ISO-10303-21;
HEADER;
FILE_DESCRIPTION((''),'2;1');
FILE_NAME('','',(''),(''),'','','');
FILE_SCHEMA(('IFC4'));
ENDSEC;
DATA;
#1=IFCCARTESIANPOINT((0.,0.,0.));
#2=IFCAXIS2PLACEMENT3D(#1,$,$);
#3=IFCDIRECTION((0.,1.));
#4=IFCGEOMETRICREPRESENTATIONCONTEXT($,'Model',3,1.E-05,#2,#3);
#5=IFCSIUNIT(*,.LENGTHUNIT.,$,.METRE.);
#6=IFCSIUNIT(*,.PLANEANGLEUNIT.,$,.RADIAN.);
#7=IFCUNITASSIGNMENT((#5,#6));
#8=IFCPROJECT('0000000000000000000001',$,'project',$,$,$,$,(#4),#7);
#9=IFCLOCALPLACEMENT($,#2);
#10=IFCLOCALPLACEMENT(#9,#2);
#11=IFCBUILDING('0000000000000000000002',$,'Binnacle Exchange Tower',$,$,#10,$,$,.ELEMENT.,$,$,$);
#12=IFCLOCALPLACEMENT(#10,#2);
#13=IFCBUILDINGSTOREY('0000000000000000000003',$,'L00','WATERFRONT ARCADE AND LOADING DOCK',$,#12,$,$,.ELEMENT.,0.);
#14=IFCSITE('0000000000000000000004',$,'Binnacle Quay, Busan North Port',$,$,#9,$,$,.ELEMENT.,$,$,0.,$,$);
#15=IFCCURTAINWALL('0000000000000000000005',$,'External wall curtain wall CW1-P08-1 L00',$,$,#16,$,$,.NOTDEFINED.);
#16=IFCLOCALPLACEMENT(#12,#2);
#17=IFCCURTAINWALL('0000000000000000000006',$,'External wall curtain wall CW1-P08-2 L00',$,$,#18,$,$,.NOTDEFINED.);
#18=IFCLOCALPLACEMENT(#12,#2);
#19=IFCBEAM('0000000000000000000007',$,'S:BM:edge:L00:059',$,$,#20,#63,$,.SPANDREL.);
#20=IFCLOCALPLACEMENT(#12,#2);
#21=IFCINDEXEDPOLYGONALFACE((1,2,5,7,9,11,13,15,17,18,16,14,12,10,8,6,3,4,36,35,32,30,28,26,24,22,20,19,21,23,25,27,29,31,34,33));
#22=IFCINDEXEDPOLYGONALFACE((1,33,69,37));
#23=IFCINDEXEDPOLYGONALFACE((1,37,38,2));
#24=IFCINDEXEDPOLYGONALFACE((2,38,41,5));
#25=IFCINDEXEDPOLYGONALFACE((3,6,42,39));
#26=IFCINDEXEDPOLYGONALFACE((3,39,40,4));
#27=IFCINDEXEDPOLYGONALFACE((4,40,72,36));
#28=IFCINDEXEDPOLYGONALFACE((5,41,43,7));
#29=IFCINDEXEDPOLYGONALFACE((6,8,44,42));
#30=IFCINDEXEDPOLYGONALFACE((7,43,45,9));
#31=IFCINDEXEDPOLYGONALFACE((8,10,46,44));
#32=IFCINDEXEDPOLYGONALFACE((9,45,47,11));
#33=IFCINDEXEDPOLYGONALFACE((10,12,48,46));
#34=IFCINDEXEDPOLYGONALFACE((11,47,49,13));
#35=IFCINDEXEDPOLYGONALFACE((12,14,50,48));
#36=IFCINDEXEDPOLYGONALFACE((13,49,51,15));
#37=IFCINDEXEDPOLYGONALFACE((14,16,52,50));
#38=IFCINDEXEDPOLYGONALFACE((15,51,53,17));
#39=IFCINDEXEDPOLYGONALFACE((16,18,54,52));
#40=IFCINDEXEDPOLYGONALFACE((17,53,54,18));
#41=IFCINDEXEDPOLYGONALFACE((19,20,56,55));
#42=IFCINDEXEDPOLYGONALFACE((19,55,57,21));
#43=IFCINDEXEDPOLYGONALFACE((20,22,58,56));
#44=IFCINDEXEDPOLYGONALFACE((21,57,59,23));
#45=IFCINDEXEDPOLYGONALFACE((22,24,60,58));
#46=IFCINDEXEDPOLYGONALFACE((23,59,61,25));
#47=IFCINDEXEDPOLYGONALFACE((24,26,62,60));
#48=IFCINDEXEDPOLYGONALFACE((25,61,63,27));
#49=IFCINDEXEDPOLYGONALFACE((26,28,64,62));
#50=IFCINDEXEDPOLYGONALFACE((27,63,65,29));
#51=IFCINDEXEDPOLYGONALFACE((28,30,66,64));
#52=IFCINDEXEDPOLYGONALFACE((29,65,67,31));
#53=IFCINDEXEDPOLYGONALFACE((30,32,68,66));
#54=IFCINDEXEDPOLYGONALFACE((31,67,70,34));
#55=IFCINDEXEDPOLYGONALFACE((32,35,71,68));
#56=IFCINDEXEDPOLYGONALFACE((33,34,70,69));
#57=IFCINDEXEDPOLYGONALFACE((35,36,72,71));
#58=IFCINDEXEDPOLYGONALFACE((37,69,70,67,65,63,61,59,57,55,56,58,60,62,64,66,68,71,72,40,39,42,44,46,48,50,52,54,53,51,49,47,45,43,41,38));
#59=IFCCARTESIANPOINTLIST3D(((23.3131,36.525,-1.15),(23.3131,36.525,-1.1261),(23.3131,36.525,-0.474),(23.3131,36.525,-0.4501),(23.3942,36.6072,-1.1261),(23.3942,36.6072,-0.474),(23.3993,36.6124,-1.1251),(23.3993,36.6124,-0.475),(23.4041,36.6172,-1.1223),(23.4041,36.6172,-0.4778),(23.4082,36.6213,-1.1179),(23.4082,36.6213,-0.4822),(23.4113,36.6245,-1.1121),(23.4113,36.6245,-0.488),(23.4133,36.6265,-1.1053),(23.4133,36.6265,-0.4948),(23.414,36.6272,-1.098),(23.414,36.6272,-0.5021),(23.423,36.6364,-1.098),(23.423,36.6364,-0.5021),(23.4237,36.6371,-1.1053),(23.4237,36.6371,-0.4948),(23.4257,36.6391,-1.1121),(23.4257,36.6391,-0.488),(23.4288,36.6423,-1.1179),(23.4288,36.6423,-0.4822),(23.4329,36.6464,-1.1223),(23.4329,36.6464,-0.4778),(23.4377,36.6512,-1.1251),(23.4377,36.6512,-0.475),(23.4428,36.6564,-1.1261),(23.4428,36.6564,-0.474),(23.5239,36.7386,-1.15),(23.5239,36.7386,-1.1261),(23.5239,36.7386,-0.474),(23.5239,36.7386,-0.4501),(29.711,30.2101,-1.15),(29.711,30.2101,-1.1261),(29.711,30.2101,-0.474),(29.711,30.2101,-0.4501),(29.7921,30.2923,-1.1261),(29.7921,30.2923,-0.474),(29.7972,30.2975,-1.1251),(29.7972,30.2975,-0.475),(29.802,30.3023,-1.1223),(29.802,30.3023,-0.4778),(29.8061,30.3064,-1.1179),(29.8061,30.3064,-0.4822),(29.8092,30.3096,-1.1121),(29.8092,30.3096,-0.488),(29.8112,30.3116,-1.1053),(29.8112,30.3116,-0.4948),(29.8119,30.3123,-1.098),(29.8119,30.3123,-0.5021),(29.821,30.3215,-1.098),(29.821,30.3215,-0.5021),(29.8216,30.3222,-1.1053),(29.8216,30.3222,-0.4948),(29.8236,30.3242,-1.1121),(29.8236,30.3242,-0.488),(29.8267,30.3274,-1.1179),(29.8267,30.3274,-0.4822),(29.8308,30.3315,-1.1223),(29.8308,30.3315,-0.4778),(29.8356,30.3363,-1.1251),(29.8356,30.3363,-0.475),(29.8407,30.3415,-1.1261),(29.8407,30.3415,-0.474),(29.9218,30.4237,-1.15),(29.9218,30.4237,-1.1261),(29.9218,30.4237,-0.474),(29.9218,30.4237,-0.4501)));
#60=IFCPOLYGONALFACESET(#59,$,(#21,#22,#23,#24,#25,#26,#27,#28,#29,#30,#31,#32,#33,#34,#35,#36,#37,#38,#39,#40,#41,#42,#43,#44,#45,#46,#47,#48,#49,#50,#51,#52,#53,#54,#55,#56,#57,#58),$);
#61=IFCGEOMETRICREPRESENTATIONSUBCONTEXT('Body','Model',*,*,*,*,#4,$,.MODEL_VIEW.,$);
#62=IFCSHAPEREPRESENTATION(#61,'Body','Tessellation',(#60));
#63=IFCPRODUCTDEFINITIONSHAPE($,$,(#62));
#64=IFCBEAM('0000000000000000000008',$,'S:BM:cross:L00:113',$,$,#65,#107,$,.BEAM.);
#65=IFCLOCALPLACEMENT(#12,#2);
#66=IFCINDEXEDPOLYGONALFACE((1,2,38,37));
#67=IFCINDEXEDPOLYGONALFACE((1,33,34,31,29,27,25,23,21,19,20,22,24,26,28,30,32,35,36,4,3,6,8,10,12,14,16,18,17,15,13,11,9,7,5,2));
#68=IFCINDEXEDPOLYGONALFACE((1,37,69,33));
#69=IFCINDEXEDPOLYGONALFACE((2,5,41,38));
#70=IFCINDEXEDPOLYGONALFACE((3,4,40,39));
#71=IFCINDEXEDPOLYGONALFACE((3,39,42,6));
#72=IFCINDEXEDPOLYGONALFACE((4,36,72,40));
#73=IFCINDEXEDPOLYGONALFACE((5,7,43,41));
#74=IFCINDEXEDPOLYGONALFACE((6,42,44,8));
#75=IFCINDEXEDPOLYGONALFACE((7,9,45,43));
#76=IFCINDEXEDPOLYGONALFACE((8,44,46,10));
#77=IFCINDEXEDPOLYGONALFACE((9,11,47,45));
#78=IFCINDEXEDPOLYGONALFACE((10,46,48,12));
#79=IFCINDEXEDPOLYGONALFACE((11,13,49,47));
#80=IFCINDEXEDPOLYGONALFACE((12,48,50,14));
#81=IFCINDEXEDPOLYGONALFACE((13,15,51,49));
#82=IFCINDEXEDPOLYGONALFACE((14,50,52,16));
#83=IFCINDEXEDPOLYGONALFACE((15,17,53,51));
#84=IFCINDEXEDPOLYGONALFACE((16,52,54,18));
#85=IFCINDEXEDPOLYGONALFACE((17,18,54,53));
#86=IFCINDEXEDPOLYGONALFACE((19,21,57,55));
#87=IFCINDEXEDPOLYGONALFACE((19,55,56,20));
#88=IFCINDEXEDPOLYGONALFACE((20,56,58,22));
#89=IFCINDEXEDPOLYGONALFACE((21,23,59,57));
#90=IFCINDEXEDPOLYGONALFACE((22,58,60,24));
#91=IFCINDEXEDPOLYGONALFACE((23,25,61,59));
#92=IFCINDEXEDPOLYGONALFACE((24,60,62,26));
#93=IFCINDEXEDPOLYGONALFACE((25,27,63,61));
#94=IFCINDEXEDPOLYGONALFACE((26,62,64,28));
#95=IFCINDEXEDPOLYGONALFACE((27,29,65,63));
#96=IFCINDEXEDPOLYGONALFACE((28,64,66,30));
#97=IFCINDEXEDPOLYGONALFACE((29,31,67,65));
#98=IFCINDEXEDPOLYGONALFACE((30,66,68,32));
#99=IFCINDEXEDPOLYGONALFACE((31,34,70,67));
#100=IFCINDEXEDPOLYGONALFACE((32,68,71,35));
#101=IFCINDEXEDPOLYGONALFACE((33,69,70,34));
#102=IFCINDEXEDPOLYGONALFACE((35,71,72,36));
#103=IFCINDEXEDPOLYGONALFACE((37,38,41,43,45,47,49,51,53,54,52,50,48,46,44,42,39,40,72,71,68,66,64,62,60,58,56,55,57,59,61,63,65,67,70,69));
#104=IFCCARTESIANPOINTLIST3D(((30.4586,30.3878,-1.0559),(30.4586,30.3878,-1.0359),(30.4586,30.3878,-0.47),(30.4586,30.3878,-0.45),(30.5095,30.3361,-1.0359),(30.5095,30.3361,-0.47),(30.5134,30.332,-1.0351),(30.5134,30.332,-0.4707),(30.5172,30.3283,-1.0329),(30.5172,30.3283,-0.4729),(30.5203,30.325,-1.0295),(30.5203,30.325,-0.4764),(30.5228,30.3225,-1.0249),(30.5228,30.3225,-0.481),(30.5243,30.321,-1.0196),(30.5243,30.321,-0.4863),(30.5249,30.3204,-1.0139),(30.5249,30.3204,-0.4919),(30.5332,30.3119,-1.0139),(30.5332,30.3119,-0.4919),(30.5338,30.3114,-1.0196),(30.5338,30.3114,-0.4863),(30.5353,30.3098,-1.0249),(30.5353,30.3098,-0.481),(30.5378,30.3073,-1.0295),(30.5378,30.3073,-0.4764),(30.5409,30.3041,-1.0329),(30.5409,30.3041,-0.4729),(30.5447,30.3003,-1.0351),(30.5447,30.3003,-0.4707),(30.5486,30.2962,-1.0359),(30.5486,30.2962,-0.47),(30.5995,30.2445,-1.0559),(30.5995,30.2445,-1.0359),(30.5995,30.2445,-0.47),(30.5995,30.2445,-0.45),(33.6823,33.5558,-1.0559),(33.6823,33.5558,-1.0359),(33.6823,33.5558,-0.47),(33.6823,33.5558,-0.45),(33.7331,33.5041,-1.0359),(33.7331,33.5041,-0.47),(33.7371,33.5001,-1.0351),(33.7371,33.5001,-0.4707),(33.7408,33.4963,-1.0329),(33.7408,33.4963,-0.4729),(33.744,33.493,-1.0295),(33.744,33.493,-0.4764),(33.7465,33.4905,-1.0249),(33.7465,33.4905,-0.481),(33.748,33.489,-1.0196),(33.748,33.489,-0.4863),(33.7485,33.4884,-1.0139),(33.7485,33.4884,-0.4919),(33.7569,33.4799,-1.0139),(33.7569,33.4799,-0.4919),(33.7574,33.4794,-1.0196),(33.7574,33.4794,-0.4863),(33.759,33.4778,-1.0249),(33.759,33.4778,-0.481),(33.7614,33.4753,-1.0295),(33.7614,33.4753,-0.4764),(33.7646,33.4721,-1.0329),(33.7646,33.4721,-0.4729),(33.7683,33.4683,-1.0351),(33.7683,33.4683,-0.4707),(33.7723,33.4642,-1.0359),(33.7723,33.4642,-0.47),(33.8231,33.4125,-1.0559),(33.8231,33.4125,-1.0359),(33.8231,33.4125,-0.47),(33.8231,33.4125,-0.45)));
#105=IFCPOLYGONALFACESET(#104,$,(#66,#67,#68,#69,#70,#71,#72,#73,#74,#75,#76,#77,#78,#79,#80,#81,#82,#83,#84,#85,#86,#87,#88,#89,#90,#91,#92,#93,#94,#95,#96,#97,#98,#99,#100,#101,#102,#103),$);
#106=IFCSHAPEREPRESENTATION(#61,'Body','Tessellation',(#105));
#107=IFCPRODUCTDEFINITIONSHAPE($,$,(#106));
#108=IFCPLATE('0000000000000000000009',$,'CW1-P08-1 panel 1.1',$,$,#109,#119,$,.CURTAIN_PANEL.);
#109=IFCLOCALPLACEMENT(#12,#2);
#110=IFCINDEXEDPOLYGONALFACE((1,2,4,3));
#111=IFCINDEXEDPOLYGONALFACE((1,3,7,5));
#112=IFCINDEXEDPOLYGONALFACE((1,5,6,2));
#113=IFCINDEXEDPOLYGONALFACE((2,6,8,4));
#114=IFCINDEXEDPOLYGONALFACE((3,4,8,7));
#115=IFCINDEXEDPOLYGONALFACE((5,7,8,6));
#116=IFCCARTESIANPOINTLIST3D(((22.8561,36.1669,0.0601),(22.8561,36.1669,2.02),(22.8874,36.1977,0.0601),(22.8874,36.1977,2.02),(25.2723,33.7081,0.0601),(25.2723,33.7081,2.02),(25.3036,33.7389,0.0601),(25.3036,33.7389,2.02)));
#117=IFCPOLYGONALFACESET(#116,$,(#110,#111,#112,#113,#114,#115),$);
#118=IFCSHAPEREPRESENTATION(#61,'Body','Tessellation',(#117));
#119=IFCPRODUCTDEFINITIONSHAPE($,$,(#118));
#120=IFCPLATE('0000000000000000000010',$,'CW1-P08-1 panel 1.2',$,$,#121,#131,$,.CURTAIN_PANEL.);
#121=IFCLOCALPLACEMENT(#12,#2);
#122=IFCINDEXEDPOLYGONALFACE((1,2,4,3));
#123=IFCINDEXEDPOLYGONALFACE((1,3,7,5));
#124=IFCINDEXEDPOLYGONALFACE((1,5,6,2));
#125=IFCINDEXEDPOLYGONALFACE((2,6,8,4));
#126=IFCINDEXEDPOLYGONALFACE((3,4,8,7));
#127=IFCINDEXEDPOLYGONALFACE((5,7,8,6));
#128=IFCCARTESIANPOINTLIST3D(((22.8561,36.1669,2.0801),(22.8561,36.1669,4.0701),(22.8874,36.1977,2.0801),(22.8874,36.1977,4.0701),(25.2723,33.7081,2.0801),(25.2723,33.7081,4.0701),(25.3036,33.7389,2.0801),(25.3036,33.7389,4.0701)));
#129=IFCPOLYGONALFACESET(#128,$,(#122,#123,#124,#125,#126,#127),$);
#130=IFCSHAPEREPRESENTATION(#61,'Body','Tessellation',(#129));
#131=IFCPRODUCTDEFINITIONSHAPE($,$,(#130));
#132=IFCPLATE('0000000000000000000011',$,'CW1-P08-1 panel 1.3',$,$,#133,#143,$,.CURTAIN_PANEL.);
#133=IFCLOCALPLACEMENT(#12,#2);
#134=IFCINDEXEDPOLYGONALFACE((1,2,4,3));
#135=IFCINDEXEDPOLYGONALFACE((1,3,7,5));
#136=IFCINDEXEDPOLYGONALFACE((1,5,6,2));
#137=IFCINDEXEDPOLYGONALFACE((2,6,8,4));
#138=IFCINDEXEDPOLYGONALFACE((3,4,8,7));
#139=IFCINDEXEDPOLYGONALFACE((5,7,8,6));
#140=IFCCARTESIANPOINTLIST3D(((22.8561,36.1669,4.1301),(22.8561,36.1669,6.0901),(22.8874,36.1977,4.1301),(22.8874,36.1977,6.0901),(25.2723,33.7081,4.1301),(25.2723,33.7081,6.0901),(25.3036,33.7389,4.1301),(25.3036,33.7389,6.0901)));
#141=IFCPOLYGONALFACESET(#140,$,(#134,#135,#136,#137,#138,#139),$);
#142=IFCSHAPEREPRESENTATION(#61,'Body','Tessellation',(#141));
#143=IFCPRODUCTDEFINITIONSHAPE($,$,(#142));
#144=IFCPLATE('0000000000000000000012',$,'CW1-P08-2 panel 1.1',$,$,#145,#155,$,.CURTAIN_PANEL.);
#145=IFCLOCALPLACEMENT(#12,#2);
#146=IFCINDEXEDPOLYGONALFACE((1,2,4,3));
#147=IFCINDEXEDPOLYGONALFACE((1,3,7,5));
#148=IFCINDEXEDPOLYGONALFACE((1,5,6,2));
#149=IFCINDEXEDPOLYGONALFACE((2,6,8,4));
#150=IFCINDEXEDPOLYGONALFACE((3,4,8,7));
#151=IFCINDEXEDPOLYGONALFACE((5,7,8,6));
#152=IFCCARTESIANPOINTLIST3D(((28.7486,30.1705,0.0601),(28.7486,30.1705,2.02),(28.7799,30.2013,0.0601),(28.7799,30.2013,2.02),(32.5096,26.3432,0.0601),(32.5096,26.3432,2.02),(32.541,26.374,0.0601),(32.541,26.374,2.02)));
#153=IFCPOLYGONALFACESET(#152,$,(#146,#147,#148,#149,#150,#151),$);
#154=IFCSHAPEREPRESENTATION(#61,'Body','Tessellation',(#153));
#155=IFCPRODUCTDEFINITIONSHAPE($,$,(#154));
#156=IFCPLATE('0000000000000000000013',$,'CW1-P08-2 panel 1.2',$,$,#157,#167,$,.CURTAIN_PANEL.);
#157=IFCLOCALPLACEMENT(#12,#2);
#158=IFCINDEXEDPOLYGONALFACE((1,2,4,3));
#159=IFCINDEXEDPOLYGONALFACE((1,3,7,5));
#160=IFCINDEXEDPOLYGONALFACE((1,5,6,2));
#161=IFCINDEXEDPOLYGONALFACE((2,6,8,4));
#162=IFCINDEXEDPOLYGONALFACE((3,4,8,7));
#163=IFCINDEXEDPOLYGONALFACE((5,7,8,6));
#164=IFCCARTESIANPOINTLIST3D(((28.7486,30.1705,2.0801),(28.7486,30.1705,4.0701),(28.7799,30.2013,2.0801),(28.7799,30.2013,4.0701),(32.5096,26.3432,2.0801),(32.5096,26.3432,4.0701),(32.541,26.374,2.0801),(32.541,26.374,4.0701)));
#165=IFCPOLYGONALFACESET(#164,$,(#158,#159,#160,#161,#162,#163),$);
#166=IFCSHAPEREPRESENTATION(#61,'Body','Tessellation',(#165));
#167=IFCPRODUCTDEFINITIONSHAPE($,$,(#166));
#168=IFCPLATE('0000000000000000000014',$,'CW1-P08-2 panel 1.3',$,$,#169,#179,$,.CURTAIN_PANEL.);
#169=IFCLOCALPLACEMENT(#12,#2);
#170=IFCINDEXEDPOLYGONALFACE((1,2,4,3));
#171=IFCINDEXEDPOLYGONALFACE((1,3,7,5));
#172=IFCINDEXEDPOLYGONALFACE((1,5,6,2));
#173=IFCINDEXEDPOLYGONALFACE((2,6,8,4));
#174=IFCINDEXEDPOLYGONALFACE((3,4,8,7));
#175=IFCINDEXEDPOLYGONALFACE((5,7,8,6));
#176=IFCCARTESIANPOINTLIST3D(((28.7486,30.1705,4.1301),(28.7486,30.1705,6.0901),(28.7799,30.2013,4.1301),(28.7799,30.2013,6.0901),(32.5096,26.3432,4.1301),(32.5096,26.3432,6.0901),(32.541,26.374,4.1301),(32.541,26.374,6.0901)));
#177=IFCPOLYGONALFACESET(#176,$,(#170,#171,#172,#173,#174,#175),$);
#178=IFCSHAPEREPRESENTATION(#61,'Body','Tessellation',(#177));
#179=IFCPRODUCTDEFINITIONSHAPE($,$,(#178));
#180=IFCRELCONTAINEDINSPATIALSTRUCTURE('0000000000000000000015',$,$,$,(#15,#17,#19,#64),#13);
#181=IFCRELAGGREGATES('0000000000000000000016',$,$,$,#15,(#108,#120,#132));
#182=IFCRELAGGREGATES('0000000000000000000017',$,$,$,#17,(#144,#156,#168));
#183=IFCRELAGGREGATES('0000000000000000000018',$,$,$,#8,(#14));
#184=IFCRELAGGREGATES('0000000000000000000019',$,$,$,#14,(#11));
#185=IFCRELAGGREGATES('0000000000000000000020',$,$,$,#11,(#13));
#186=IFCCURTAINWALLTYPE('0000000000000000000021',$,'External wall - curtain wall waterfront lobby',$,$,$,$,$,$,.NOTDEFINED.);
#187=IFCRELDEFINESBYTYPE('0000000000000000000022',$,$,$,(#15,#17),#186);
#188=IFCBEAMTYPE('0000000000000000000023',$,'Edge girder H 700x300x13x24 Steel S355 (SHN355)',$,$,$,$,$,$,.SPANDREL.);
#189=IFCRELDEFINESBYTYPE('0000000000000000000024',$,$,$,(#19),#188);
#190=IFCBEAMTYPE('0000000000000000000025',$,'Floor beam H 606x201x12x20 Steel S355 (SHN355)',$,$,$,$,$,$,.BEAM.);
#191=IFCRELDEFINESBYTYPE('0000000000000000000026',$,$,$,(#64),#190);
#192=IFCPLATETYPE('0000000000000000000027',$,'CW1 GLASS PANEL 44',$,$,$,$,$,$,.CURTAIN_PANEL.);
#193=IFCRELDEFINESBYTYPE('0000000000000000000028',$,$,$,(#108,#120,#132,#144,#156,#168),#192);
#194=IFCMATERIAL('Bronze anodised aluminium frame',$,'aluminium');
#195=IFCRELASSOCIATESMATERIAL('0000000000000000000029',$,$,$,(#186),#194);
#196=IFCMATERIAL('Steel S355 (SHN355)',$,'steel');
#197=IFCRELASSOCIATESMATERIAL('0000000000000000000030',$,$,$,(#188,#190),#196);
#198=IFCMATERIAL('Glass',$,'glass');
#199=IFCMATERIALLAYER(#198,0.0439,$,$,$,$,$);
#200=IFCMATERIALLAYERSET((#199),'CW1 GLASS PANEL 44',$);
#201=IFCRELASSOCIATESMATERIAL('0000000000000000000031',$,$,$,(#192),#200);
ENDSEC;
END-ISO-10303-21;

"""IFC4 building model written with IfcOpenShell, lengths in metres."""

from ifc_helpers import new_model, si_unit, direction, frame, origin, origin_2d, place, context, subcontext, project, spatial, rectangle, i_section, extrude, material, layer, layer_set, material_profile, profile_set, type_object, element, aggregate, save


model = new_model("IFC4")

# Units and contexts
model_context = context("Model", 3, precision=1e-05, world=origin(), true_north=direction((0.0, 1.0)))
body_context = subcontext(model_context, "Body", "Model", "MODEL_VIEW")
ifc_project = project(units=[si_unit("LENGTHUNIT", "METRE"), si_unit("PLANEANGLEUNIT", "RADIAN")], contexts=[model_context])

# Site, building, storey
site_placement = place(None, origin())
site = spatial("IfcSite", under=ifc_project, at=site_placement, Name="Binnacle Quay, Busan North Port", CompositionType="ELEMENT", RefElevation=0.0)
building_placement = place(site_placement, origin())
building = spatial("IfcBuilding", under=site, at=building_placement, Name="Binnacle Exchange Tower", CompositionType="ELEMENT")
storey_placement = place(building_placement, origin())
storey = spatial("IfcBuildingStorey", under=building, at=storey_placement, Name="L00", Description="WATERFRONT ARCADE AND LOADING DOCK", CompositionType="ELEMENT", Elevation=0.0)

# Curtain wall
ifc_material_1 = material(Name="Bronze anodised aluminium frame", Category="aluminium")
curtain_wall_type = type_object("IfcCurtainWallType", Name="External wall - curtain wall waterfront lobby", PredefinedType="NOTDEFINED", material=ifc_material_1)
curtain_wall_1_placement = place(storey_placement, origin())
curtain_wall_1 = element("IfcCurtainWall", 1, at=curtain_wall_1_placement, inside=storey, type_object=curtain_wall_type, Name="External wall curtain wall CW1-P08-1 L00", PredefinedType="NOTDEFINED")

# Curtain wall
curtain_wall_2_placement = place(storey_placement, origin())
curtain_wall_2 = element("IfcCurtainWall", 2, at=curtain_wall_2_placement, inside=storey, type_object=curtain_wall_type, Name="External wall curtain wall CW1-P08-2 L00", PredefinedType="NOTDEFINED")

# Beams
ifc_material_2 = material(Name="Steel S355 (SHN355)", Category="steel")
ifc_material_profile_1 = material_profile(ifc_material_2, i_section(OverallWidth=0.3, OverallDepth=0.7, WebThickness=0.0129, FlangeThickness=0.0239, FilletRadius=0.0281, at=origin_2d()), Name="H 700x300x13x24")
ifc_profile_set_1 = profile_set([ifc_material_profile_1], Name="Steel S355 (SHN355)")
beam_type_1 = type_object("IfcBeamType", Name="Edge girder H 700x300x13x24 Steel S355 (SHN355)", PredefinedType="SPANDREL", material=ifc_profile_set_1)
beam_1_placement = place(storey_placement, frame((29.8164, 30.3169, -0.8), z_axis=(-0.711709, 0.702475, 0.0), x_axis=(-0.702475, -0.711709, 0.0)))
element("IfcBeam", 3, at=beam_1_placement, inside=storey, type_object=beam_type_1, Name="S:BM:edge:L00:059", PredefinedType="SPANDREL", context=body_context, shape_type="SweptSolid", body=[
    extrude(i_section(OverallWidth=0.3, OverallDepth=0.7, WebThickness=0.0129, FlangeThickness=0.0239, FilletRadius=0.0281, at=origin_2d()), origin(), (0.0, 0.0, 1.0), 8.9895),
])
ifc_material_profile_2 = material_profile(ifc_material_2, i_section(OverallWidth=0.2009, OverallDepth=0.606, WebThickness=0.012, FlangeThickness=0.02, FilletRadius=0.022, at=origin_2d()), Name="H 606x201x12x20")
ifc_profile_set_2 = profile_set([ifc_material_profile_2], Name="Steel S355 (SHN355)")
beam_type_2 = type_object("IfcBeamType", Name="Floor beam H 606x201x12x20 Steel S355 (SHN355)", PredefinedType="BEAM", material=ifc_profile_set_2)
beam_2_placement = place(storey_placement, frame((30.5291, 30.3162, -0.7529), z_axis=(0.713238, 0.700922, 0.0), x_axis=(-0.700922, 0.713238, 0.0)))
element("IfcBeam", 4, at=beam_2_placement, inside=storey, type_object=beam_type_2, Name="S:BM:cross:L00:113", PredefinedType="BEAM", context=body_context, shape_type="SweptSolid", body=[
    extrude(i_section(OverallWidth=0.2009, OverallDepth=0.606, WebThickness=0.012, FlangeThickness=0.02, FilletRadius=0.022, at=origin_2d()), origin(), (0.0, 0.0, 1.0), 4.5198),
])

# Plates
ifc_material_3 = material(Name="Glass", Category="glass")
ifc_layer_1 = layer(ifc_material_3, 0.0439)
ifc_layer_set_1 = layer_set([ifc_layer_1], Name="CW1 GLASS PANEL 44")
plate_type = type_object("IfcPlateType", Name="CW1 GLASS PANEL 44", PredefinedType="CURTAIN_PANEL", material=ifc_layer_set_1)
plate_1_placement = place(storey_placement, frame((24.0798, 34.9529, 0.0601), z_axis=(0.0, 0.0, 1.0), x_axis=(0.700909, -0.71325, 0.0)))
plate_1 = element("IfcPlate", 5, at=plate_1_placement, type_object=plate_type, Name="CW1-P08-1 panel 1.1", PredefinedType="CURTAIN_PANEL", context=body_context, shape_type="SweptSolid", body=[
    extrude(rectangle(XDim=3.4473, YDim=0.0439, at=origin_2d()), origin(), (0.0, 0.0, 1.0), 1.96),
])
plate_2_placement = place(storey_placement, frame((24.0798, 34.9529, 2.0801), z_axis=(0.0, 0.0, 1.0), x_axis=(0.700909, -0.71325, 0.0)))
plate_2 = element("IfcPlate", 6, at=plate_2_placement, type_object=plate_type, Name="CW1-P08-1 panel 1.2", PredefinedType="CURTAIN_PANEL", context=body_context, shape_type="SweptSolid", body=[
    extrude(rectangle(XDim=3.4473, YDim=0.0439, at=origin_2d()), origin(), (0.0, 0.0, 1.0), 1.99),
])
plate_3_placement = place(storey_placement, frame((24.0798, 34.9529, 4.1301), z_axis=(0.0, 0.0, 1.0), x_axis=(0.700909, -0.71325, 0.0)))
plate_3 = element("IfcPlate", 7, at=plate_3_placement, type_object=plate_type, Name="CW1-P08-1 panel 1.3", PredefinedType="CURTAIN_PANEL", context=body_context, shape_type="SweptSolid", body=[
    extrude(rectangle(XDim=3.4473, YDim=0.0439, at=origin_2d()), origin(), (0.0, 0.0, 1.0), 1.96),
])
aggregate(curtain_wall_1, [plate_1, plate_2, plate_3])
plate_4_placement = place(storey_placement, frame((30.6448, 28.2722, 0.0601), z_axis=(0.0, 0.0, 1.0), x_axis=(0.700909, -0.71325, 0.0)))
plate_4 = element("IfcPlate", 8, at=plate_4_placement, type_object=plate_type, Name="CW1-P08-2 panel 1.1", PredefinedType="CURTAIN_PANEL", context=body_context, shape_type="SweptSolid", body=[
    extrude(rectangle(XDim=5.366, YDim=0.0439, at=origin_2d()), origin(), (0.0, 0.0, 1.0), 1.96),
])
plate_5_placement = place(storey_placement, frame((30.6448, 28.2722, 2.0801), z_axis=(0.0, 0.0, 1.0), x_axis=(0.700909, -0.71325, 0.0)))
plate_5 = element("IfcPlate", 9, at=plate_5_placement, type_object=plate_type, Name="CW1-P08-2 panel 1.2", PredefinedType="CURTAIN_PANEL", context=body_context, shape_type="SweptSolid", body=[
    extrude(rectangle(XDim=5.366, YDim=0.0439, at=origin_2d()), origin(), (0.0, 0.0, 1.0), 1.99),
])
plate_6_placement = place(storey_placement, frame((30.6448, 28.2722, 4.1301), z_axis=(0.0, 0.0, 1.0), x_axis=(0.700909, -0.71325, 0.0)))
plate_6 = element("IfcPlate", 10, at=plate_6_placement, type_object=plate_type, Name="CW1-P08-2 panel 1.3", PredefinedType="CURTAIN_PANEL", context=body_context, shape_type="SweptSolid", body=[
    extrude(rectangle(XDim=5.366, YDim=0.0439, at=origin_2d()), origin(), (0.0, 0.0, 1.0), 1.96),
])
aggregate(curtain_wall_2, [plate_4, plate_5, plate_6])

save(model, "model.ifc")
